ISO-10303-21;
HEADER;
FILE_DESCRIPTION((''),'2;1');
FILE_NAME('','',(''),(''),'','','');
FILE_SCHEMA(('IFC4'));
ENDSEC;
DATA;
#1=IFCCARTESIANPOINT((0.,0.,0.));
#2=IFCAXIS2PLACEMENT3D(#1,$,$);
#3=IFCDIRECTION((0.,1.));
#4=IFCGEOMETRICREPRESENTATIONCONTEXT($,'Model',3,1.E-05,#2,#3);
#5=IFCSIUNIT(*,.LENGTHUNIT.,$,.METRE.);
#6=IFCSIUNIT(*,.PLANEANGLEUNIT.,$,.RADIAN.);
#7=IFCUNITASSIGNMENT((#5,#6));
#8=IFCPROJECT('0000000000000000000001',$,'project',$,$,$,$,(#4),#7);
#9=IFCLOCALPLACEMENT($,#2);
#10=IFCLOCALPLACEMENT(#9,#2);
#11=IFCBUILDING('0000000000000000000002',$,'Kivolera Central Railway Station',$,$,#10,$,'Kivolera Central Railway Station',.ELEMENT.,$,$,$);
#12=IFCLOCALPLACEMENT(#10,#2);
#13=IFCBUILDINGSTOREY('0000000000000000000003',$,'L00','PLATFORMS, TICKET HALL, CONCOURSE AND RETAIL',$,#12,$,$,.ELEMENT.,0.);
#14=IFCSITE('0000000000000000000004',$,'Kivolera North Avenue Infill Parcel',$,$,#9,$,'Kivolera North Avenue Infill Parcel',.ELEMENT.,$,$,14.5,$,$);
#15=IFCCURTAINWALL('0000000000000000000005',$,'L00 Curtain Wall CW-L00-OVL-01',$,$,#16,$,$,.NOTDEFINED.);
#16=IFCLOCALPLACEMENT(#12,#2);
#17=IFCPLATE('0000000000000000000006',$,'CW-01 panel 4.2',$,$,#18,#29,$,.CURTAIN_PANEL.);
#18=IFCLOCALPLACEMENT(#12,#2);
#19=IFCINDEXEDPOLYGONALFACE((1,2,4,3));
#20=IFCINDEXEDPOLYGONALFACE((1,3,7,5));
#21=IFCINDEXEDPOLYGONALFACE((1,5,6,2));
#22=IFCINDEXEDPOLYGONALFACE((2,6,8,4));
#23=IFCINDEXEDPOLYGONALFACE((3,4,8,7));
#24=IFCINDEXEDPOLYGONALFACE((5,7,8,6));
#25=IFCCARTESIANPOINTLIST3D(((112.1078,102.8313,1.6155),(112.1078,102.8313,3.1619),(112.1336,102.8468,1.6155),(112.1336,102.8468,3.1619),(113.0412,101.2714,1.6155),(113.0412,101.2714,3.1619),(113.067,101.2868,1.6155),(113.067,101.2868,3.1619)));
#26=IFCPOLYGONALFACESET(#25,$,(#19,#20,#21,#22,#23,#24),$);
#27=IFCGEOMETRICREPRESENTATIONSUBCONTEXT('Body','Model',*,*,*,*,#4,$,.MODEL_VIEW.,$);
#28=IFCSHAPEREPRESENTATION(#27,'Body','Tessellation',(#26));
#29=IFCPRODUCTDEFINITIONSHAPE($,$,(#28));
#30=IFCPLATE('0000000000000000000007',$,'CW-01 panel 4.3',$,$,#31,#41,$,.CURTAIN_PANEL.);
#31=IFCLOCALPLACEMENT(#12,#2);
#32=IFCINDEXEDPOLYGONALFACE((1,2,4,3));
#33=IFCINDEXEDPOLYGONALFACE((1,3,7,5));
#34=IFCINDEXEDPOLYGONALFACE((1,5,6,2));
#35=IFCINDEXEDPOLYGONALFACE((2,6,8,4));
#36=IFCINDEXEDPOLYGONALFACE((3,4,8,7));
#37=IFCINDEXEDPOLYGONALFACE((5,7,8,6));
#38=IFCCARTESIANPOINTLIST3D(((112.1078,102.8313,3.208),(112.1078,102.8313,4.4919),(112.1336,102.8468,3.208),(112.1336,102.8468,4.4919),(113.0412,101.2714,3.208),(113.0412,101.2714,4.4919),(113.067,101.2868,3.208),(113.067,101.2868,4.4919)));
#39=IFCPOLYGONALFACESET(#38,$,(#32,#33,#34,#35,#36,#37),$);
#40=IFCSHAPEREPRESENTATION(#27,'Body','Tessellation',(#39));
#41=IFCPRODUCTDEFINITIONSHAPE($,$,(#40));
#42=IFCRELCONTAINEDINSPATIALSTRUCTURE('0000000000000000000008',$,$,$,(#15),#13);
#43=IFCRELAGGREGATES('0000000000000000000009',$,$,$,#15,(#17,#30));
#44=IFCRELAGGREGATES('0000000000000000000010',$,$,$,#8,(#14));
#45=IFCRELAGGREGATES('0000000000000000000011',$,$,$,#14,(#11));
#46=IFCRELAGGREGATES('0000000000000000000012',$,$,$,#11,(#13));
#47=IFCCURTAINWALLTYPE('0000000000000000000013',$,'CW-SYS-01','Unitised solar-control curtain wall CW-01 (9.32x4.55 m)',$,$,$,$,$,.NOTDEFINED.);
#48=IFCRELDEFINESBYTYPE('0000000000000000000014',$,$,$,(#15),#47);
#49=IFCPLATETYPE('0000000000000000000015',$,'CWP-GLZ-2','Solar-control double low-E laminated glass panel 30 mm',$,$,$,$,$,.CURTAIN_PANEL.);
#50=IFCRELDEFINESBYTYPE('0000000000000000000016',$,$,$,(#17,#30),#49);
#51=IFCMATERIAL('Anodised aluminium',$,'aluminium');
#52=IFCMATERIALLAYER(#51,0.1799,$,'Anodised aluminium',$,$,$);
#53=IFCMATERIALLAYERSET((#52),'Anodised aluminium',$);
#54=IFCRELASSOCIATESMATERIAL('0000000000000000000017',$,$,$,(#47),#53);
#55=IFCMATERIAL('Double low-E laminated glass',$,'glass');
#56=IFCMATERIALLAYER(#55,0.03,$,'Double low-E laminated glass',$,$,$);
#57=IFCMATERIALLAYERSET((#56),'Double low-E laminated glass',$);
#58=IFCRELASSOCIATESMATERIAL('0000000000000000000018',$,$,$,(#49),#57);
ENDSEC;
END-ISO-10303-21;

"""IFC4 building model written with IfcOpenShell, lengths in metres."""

from ifc_helpers import new_model, si_unit, direction, frame, origin, origin_2d, place, context, subcontext, project, spatial, rectangle, extrude, material, layer, layer_set, type_object, element, aggregate, save


model = new_model("IFC4")

# Units and contexts
model_context = context("Model", 3, precision=1e-05, world=origin(), true_north=direction((0.0, 1.0)))
body_context = subcontext(model_context, "Body", "Model", "MODEL_VIEW")
ifc_project = project(units=[si_unit("LENGTHUNIT", "METRE"), si_unit("PLANEANGLEUNIT", "RADIAN")], contexts=[model_context])

# Site, building, storey
site_placement = place(None, origin())
site = spatial("IfcSite", under=ifc_project, at=site_placement, Name="Kivolera North Avenue Infill Parcel", LongName="Kivolera North Avenue Infill Parcel", CompositionType="ELEMENT", RefElevation=14.5)
building_placement = place(site_placement, origin())
building = spatial("IfcBuilding", under=site, at=building_placement, Name="Kivolera Central Railway Station", LongName="Kivolera Central Railway Station", CompositionType="ELEMENT")
storey_placement = place(building_placement, origin())
storey = spatial("IfcBuildingStorey", under=building, at=storey_placement, Name="L00", Description="PLATFORMS, TICKET HALL, CONCOURSE AND RETAIL", CompositionType="ELEMENT", Elevation=0.0)

# Curtain wall
ifc_material_1 = material(Name="Anodised aluminium", Category="aluminium")
ifc_layer_1 = layer(ifc_material_1, 0.1799, Name="Anodised aluminium")
ifc_layer_set_1 = layer_set([ifc_layer_1], Name="Anodised aluminium")
curtain_wall_type_1 = type_object("IfcCurtainWallType", Name="CW-SYS-01", Description="Unitised solar-control curtain wall CW-01 (9.32x4.55 m)", PredefinedType="NOTDEFINED", material=ifc_layer_set_1)
curtain_wall_1_placement = place(storey_placement, origin())
curtain_wall_1 = element("IfcCurtainWall", 1, at=curtain_wall_1_placement, inside=storey, type_object=curtain_wall_type_1, Name="L00 Curtain Wall CW-L00-OVL-01", PredefinedType="NOTDEFINED")

# Plates
ifc_material_2 = material(Name="Double low-E laminated glass", Category="glass")
ifc_layer_2 = layer(ifc_material_2, 0.03, Name="Double low-E laminated glass")
ifc_layer_set_2 = layer_set([ifc_layer_2], Name="Double low-E laminated glass")
plate_type = type_object("IfcPlateType", Name="CWP-GLZ-2", Description="Solar-control double low-E laminated glass panel 30 mm", PredefinedType="CURTAIN_PANEL", material=ifc_layer_set_2)
plate_1_placement = place(storey_placement, frame((112.5874, 102.0591, 1.6155), z_axis=(0.0, 0.0, 1.0), x_axis=(0.513454, -0.858117, 0.0)))
plate_1 = element("IfcPlate", 2, at=plate_1_placement, type_object=plate_type, Name="CW-01 panel 4.2", PredefinedType="CURTAIN_PANEL", context=body_context, shape_type="SweptSolid", body=[
    extrude(rectangle(XDim=1.8179, YDim=0.03, at=origin_2d()), origin(), (0.0, 0.0, 1.0), 1.5464),
])
plate_2_placement = place(storey_placement, frame((112.5874, 102.0591, 3.208), z_axis=(0.0, 0.0, 1.0), x_axis=(0.513454, -0.858117, 0.0)))
plate_2 = element("IfcPlate", 3, at=plate_2_placement, type_object=plate_type, Name="CW-01 panel 4.3", PredefinedType="CURTAIN_PANEL", context=body_context, shape_type="SweptSolid", body=[
    extrude(rectangle(XDim=1.8179, YDim=0.03, at=origin_2d()), origin(), (0.0, 0.0, 1.0), 1.2839),
])
aggregate(curtain_wall_1, [plate_1, plate_2])

save(model, "model.ifc")
